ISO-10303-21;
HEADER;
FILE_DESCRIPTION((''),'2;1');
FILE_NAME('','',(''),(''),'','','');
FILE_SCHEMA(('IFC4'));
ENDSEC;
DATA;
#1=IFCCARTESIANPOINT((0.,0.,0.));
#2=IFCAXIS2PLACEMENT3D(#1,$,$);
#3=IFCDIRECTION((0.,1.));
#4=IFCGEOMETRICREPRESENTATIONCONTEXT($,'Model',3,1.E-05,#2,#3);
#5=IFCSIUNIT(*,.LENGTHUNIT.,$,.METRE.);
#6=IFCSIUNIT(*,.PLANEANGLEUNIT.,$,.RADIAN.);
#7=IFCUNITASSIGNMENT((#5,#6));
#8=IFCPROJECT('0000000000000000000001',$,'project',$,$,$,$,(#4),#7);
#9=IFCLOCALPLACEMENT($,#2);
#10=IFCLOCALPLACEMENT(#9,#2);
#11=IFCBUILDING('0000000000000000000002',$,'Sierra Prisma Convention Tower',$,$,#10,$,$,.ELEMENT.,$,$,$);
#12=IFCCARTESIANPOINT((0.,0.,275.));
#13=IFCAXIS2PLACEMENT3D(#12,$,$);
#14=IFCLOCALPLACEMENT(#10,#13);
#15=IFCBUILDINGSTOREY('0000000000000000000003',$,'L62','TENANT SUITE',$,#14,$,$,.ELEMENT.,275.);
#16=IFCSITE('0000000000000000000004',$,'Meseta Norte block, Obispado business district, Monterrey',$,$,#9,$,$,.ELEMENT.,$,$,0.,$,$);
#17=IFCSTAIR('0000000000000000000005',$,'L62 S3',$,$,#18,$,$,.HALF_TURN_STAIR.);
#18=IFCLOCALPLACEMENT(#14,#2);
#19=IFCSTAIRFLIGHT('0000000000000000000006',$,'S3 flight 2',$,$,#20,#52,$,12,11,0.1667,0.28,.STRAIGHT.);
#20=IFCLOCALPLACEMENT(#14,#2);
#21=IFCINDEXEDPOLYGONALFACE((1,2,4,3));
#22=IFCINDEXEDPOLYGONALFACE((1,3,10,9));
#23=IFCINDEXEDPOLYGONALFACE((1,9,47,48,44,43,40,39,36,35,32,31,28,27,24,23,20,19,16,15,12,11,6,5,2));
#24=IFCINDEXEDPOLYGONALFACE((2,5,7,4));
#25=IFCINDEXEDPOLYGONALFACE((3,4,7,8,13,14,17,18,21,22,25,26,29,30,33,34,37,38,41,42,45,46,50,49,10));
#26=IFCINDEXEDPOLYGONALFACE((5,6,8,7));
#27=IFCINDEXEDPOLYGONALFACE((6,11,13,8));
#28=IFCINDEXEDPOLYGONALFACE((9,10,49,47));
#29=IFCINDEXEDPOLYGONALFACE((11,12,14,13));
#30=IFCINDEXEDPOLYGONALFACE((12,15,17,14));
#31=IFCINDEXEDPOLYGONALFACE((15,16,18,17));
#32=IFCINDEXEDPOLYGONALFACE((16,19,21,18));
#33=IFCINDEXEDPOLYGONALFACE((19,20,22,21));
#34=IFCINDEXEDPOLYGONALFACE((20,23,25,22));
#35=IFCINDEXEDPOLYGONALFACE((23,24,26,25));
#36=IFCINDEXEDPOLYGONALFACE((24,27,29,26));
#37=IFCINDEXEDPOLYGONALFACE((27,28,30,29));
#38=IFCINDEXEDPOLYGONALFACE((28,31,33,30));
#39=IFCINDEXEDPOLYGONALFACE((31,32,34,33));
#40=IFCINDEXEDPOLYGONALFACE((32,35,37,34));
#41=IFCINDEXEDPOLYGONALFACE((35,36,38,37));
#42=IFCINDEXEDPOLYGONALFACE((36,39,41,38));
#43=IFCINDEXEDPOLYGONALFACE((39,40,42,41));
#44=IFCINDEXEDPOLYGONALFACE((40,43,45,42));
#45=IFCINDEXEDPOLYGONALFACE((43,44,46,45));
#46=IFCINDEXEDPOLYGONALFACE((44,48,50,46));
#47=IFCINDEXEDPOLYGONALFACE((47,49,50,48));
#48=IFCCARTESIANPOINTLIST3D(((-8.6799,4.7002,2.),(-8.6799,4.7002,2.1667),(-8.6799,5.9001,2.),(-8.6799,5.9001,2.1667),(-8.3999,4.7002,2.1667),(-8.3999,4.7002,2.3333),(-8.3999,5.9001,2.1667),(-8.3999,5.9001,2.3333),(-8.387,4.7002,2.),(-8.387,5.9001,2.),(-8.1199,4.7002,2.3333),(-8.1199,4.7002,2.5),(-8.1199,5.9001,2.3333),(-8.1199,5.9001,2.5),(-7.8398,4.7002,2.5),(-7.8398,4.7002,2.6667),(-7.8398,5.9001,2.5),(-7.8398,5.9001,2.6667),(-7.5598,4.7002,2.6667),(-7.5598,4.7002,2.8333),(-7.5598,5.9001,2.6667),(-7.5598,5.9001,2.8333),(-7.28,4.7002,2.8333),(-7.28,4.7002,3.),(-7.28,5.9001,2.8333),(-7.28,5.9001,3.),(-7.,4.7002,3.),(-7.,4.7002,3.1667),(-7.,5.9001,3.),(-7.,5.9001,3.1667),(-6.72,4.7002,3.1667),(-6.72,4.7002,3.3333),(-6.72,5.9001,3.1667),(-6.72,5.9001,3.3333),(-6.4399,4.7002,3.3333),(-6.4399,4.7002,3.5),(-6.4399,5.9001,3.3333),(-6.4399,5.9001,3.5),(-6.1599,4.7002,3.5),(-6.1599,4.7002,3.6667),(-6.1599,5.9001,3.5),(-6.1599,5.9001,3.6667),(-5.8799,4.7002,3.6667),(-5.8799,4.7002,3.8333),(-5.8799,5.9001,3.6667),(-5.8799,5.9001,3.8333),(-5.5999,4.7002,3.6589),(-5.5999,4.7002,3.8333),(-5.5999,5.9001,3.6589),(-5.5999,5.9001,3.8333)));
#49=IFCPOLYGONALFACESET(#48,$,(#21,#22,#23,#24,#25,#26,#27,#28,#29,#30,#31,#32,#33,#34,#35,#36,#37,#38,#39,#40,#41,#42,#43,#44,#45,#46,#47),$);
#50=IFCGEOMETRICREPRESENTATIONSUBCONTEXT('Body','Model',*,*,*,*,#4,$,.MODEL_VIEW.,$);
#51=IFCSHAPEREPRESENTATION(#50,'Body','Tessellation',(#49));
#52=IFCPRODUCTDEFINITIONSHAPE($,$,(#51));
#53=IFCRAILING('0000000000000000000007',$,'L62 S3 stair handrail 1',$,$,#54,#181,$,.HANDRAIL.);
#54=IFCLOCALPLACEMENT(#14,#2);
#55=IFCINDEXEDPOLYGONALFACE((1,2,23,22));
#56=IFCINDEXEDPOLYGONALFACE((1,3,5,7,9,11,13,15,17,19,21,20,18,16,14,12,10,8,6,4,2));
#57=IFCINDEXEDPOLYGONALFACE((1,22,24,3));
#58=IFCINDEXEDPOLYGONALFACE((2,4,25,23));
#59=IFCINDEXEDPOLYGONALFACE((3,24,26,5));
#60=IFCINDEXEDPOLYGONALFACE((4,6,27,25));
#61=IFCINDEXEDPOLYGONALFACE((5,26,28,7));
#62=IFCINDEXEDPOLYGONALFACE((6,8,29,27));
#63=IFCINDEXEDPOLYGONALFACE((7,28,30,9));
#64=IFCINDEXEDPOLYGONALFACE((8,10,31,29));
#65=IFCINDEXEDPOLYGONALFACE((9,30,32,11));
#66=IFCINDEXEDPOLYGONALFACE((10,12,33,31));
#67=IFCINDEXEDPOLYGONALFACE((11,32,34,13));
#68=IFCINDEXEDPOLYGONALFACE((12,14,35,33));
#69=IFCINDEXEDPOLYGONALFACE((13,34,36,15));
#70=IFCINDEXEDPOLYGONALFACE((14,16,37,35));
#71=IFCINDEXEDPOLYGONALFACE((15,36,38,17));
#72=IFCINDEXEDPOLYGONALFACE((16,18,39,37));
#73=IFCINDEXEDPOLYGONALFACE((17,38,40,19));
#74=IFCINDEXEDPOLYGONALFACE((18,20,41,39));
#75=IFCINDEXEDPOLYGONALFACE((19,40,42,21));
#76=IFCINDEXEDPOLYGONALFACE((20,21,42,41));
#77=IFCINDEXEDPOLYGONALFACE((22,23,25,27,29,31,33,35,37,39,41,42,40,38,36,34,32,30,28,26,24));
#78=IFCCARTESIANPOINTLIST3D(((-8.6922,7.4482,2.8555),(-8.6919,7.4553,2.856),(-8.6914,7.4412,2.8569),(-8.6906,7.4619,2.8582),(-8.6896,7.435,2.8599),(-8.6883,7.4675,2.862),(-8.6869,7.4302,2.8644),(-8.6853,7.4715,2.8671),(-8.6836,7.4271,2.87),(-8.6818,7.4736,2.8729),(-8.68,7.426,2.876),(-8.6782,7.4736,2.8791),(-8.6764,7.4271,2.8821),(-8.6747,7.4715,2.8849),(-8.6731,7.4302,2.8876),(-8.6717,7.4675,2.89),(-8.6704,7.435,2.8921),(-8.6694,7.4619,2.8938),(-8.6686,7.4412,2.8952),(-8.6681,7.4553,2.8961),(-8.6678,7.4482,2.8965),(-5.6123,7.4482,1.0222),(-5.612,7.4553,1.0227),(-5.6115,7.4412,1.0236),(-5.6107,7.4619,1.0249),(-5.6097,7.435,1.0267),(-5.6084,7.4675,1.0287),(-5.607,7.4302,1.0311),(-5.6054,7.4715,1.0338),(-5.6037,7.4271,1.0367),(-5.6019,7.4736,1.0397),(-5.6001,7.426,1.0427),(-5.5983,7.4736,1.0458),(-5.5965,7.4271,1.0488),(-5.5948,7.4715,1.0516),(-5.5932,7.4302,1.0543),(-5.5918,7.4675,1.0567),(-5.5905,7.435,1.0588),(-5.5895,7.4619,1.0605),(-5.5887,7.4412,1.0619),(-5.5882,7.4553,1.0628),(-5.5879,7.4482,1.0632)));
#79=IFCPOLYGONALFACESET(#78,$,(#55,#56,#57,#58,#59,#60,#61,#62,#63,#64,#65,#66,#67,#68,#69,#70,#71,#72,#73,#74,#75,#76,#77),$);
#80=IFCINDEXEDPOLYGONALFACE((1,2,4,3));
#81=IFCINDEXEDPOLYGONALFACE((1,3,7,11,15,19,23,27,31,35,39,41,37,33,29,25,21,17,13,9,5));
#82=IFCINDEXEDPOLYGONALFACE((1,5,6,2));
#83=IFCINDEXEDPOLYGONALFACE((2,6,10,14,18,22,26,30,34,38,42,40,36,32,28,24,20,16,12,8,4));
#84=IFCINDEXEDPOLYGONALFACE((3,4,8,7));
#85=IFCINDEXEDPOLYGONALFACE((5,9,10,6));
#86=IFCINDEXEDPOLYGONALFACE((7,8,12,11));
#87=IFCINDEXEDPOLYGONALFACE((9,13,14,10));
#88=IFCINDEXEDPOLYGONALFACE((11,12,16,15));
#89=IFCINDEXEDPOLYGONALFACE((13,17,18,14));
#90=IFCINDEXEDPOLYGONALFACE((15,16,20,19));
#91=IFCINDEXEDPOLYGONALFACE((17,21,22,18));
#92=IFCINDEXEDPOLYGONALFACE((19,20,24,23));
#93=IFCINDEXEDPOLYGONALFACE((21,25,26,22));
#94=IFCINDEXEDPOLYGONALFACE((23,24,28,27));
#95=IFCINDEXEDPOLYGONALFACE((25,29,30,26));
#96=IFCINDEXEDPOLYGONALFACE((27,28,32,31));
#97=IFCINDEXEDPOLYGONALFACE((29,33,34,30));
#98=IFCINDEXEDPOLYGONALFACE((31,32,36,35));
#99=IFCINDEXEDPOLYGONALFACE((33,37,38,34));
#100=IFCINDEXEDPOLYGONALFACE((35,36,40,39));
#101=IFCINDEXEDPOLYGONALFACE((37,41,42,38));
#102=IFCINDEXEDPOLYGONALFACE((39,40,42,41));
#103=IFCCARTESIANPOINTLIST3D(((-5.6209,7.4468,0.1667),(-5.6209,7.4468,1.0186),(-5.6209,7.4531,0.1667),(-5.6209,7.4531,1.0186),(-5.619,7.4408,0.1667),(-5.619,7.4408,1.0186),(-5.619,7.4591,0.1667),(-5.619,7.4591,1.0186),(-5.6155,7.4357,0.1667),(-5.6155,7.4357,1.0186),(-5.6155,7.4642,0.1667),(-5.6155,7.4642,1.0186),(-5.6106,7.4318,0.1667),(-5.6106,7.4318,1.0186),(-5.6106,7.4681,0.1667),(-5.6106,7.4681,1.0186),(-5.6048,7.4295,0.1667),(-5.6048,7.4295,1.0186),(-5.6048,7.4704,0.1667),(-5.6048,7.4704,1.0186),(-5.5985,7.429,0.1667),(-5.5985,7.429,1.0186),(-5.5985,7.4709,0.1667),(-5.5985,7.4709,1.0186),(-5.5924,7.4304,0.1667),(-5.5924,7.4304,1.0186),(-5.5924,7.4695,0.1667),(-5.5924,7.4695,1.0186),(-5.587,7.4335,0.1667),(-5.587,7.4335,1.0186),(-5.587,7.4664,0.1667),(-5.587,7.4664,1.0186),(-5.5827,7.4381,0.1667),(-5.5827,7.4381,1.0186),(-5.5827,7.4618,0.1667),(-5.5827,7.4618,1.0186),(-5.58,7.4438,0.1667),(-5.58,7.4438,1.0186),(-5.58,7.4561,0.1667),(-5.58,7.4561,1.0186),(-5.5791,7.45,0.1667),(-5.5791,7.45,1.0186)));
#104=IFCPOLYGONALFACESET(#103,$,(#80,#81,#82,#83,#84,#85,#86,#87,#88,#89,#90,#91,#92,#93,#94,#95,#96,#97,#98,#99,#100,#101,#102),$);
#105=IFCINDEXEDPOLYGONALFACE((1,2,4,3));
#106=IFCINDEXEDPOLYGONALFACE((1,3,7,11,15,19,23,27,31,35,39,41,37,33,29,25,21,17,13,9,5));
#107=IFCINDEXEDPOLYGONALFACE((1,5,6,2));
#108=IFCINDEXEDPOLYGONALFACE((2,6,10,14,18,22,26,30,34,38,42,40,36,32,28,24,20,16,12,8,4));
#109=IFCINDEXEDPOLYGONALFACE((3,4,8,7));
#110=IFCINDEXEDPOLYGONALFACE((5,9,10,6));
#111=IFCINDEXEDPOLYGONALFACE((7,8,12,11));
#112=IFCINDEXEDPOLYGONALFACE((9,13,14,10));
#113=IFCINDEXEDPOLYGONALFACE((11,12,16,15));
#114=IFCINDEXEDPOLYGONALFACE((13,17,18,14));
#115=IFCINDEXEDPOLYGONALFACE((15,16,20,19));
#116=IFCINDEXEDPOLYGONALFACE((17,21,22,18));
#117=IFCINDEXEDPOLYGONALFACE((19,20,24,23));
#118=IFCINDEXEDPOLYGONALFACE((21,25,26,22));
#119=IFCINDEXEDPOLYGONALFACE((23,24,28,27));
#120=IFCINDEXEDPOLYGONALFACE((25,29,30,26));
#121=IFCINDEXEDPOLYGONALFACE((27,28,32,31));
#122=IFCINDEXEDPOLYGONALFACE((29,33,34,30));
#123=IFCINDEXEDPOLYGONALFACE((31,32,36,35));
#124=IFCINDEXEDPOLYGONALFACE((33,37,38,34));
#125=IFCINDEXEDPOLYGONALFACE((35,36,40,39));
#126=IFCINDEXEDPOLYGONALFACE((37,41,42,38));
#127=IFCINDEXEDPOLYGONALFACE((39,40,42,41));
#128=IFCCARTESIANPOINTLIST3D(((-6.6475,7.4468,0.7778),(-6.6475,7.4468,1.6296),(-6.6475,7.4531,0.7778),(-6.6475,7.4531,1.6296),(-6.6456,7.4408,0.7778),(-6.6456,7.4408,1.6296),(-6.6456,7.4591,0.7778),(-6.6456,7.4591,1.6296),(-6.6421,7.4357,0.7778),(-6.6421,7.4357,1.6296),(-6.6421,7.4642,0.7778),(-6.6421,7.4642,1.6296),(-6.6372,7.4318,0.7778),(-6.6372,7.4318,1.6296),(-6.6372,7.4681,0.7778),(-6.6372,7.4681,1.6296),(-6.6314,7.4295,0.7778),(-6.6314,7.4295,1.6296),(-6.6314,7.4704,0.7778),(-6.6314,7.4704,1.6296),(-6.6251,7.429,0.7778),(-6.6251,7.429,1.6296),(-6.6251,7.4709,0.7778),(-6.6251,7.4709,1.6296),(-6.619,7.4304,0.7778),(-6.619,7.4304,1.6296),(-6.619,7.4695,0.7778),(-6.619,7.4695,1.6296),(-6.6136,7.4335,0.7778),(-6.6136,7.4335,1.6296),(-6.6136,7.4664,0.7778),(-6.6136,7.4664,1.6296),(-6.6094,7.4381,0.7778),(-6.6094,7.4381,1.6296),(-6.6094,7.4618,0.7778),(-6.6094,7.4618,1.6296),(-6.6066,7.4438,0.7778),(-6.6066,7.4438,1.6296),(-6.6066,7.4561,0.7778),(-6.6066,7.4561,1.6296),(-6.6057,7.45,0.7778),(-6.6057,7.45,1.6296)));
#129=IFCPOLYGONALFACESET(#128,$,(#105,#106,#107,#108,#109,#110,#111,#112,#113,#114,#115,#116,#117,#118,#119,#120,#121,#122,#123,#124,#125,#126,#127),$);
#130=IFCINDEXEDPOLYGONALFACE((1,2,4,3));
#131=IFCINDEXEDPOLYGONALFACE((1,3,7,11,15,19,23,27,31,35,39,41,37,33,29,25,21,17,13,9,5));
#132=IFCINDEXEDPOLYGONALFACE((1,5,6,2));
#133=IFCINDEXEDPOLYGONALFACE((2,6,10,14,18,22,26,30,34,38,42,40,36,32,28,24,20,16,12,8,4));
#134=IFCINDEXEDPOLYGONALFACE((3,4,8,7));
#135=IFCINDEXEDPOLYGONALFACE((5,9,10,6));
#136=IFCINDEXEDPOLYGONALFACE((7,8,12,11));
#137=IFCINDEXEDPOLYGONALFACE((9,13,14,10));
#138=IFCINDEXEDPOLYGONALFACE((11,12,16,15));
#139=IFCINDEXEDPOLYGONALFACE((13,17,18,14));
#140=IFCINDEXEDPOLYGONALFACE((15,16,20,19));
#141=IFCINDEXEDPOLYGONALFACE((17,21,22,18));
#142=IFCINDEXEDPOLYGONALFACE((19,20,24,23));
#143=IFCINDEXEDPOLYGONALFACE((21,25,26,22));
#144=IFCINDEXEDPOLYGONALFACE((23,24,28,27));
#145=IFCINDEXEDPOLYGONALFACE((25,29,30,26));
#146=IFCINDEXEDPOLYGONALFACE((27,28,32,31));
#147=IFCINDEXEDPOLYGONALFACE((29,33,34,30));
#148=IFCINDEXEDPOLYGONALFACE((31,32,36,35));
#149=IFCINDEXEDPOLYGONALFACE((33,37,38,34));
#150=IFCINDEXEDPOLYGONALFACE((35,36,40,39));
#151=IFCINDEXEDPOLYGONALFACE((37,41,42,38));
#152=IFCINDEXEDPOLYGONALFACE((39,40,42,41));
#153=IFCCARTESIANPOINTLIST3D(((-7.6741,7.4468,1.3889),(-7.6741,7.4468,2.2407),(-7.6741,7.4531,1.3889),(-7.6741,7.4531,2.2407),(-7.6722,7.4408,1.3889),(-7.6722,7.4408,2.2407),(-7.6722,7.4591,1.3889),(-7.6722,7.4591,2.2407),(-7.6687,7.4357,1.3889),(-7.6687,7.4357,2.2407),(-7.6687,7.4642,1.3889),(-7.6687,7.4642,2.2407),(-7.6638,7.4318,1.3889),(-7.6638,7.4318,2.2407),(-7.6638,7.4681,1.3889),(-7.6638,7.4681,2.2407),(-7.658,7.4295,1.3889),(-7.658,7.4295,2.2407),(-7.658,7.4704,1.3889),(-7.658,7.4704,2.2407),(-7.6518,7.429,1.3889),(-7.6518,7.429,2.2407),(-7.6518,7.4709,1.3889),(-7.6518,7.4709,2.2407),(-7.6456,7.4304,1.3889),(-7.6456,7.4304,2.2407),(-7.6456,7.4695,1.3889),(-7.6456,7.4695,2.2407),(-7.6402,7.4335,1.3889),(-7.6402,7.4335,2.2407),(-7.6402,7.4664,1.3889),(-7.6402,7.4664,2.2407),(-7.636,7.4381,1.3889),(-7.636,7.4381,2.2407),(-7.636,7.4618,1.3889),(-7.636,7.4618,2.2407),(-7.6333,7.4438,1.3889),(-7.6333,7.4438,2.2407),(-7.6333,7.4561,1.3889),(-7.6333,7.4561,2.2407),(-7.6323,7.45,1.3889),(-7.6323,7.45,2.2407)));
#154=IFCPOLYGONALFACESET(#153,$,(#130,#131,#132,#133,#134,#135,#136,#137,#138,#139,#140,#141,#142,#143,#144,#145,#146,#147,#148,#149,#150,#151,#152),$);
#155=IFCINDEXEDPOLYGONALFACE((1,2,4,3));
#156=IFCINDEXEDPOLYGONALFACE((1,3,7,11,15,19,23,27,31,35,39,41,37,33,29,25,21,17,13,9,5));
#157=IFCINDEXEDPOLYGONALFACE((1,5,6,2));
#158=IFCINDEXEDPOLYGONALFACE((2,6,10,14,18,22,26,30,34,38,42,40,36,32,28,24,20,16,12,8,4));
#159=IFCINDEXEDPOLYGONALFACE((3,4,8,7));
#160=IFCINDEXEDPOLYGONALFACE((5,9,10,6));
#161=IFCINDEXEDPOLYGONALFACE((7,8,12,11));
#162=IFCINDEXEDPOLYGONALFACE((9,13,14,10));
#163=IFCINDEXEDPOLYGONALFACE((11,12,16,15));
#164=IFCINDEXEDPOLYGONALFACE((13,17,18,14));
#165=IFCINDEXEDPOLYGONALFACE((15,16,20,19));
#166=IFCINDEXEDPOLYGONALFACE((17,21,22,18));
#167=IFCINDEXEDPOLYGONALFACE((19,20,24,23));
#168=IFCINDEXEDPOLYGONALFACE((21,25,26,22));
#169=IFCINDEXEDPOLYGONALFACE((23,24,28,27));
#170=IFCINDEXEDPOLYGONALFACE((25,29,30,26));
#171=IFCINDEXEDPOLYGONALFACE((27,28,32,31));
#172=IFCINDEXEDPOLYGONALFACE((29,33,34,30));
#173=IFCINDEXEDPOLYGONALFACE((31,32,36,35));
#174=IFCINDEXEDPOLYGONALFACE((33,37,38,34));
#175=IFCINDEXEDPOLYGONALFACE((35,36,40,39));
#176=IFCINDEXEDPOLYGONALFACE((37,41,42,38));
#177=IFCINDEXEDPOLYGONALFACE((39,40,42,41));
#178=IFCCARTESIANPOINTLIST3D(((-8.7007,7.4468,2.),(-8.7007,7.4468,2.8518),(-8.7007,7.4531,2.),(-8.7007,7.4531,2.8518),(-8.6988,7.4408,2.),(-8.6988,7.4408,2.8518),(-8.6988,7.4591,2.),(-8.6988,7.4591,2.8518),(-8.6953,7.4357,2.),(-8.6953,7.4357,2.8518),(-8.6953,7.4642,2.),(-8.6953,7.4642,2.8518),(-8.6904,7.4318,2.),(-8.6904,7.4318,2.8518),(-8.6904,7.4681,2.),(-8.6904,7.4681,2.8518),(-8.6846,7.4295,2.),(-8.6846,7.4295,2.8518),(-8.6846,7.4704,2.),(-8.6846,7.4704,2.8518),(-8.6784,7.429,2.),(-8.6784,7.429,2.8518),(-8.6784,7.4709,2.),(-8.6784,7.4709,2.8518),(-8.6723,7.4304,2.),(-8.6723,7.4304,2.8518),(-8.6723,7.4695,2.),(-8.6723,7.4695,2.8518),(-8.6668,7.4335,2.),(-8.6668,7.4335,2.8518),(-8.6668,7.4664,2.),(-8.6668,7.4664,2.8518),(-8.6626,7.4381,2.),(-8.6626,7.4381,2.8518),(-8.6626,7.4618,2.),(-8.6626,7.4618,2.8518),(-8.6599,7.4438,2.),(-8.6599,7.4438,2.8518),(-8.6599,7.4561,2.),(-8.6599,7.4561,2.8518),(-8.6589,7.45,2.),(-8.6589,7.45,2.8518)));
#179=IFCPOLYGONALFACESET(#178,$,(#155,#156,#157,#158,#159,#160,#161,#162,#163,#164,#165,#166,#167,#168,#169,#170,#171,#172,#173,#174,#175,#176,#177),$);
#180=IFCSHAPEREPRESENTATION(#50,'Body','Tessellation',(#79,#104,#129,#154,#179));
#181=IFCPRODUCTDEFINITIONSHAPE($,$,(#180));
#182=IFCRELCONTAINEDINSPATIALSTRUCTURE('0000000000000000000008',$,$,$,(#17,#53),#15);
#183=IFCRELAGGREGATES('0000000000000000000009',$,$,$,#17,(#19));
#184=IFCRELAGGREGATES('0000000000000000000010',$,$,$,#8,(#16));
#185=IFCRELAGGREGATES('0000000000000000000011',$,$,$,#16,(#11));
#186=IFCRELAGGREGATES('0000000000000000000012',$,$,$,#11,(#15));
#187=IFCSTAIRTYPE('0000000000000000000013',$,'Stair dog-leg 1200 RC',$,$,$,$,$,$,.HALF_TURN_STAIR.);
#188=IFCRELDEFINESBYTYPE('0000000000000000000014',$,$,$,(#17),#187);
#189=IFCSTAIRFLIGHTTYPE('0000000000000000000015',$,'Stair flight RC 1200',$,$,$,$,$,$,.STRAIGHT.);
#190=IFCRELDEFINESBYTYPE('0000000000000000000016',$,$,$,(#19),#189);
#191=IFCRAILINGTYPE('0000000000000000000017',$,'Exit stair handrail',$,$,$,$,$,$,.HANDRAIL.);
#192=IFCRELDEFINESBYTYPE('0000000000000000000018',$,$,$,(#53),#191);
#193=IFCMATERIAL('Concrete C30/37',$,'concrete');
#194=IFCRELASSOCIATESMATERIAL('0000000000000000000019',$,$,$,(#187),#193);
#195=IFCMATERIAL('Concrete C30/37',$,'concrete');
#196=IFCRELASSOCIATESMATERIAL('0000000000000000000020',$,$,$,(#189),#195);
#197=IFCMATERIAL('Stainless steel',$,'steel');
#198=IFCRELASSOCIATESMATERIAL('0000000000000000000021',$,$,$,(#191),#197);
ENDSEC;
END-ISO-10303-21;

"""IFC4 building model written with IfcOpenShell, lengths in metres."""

from ifc_helpers import new_model, si_unit, direction, frame, origin, origin_2d, place, context, subcontext, project, spatial, polyline, circle, outline, extrude, material, type_object, element, aggregate, save


model = new_model("IFC4")

# Units and contexts
model_context = context("Model", 3, precision=1e-05, world=origin(), true_north=direction((0.0, 1.0)))
body_context = subcontext(model_context, "Body", "Model", "MODEL_VIEW")
ifc_project = project(units=[si_unit("LENGTHUNIT", "METRE"), si_unit("PLANEANGLEUNIT", "RADIAN")], contexts=[model_context])

# Site, building, storey
site_placement = place(None, origin())
site = spatial("IfcSite", under=ifc_project, at=site_placement, Name="Meseta Norte block, Obispado business district, Monterrey", CompositionType="ELEMENT", RefElevation=0.0)
building_placement = place(site_placement, origin())
building = spatial("IfcBuilding", under=site, at=building_placement, Name="Sierra Prisma Convention Tower", CompositionType="ELEMENT")
storey_placement = place(building_placement, frame((0.0, 0.0, 275.0)))
storey = spatial("IfcBuildingStorey", under=building, at=storey_placement, Name="L62", Description="TENANT SUITE", CompositionType="ELEMENT", Elevation=275.0)

# Stair, stair flight
ifc_material_1 = material(Name="Concrete C30/37", Category="concrete")
stair_type = type_object("IfcStairType", Name="Stair dog-leg 1200 RC", PredefinedType="HALF_TURN_STAIR", material=ifc_material_1)
stair_placement = place(storey_placement, origin())
stair = element("IfcStair", 1, at=stair_placement, inside=storey, type_object=stair_type, Name="L62 S3", PredefinedType="HALF_TURN_STAIR")
ifc_material_2 = material(Name="Concrete C30/37", Category="concrete")
stair_flight_type = type_object("IfcStairFlightType", Name="Stair flight RC 1200", PredefinedType="STRAIGHT", material=ifc_material_2)
stair_flight_1_placement = place(storey_placement, frame((-8.6799, 5.3, 2.0), z_axis=(0.0, 0.0, 1.0), x_axis=(1.0, 0.0, 0.0)))
stair_flight_1 = element("IfcStairFlight", 2, at=stair_flight_1_placement, type_object=stair_flight_type, Name="S3 flight 2", NumberOfRisers=12, NumberOfTreads=11, PredefinedType="STRAIGHT", RiserHeight=0.1667, TreadLength=0.28, context=body_context, shape_type="SweptSolid", body=[
    extrude(outline(polyline([(0.0, 0.0), (0.0, 0.1667), (0.28, 0.1667), (0.28, 0.3333), (0.5601, 0.3333), (0.5601, 0.5), (0.8401, 0.5), (0.8401, 0.6667), (1.1201, 0.6667), (1.1201, 0.8333), (1.3999, 0.8333), (1.3999, 1.0), (1.6799, 1.0), (1.6799, 1.1667), (1.96, 1.1667), (1.96, 1.3333), (2.24, 1.3333), (2.24, 1.5), (2.52, 1.5), (2.52, 1.6667), (2.8, 1.6667), (2.8, 1.8333), (3.0801, 1.8333), (3.0801, 2.0), (3.0801, 1.6589), (0.293, 0.0), (0.0, 0.0)])), frame((0.0, 0.6001, 0.0), z_axis=(0.0, -1.0, 0.0), x_axis=(1.0, 0.0, 0.0)), (0.0, 0.0, 1.0), 1.2),
])
aggregate(stair, [stair_flight_1])

# Railing
ifc_material_3 = material(Name="Stainless steel", Category="steel")
railing_type_1 = type_object("IfcRailingType", Name="Exit stair handrail", PredefinedType="HANDRAIL", material=ifc_material_3)
railing_1_placement = place(storey_placement, frame((-5.6001, 7.45, 0.1667)))
element("IfcRailing", 3, at=railing_1_placement, inside=storey, type_object=railing_type_1, Name="L62 S3 stair handrail 1", PredefinedType="HANDRAIL", context=body_context, shape_type="SweptSolid", body=[
    extrude(circle(Radius=0.0239, at=origin_2d()), frame((0.0, 0.0, 0.876), z_axis=(-0.859291, 0.0, 0.511487), x_axis=(0.0, -1.0, 0.0)), (0.0, 0.0, 1.0), 3.5842),
    extrude(circle(Radius=0.021, at=origin_2d()), origin(), (0.0, 0.0, 1.0), 0.8518),
    extrude(circle(Radius=0.021, at=origin_2d()), frame((-1.0266, 0.0, 0.6111)), (0.0, 0.0, 1.0), 0.8518),
    extrude(circle(Radius=0.021, at=origin_2d()), frame((-2.0532, 0.0, 1.2222)), (0.0, 0.0, 1.0), 0.8518),
    extrude(circle(Radius=0.021, at=origin_2d()), frame((-3.0798, 0.0, 1.8333)), (0.0, 0.0, 1.0), 0.8518),
])

save(model, "model.ifc")
